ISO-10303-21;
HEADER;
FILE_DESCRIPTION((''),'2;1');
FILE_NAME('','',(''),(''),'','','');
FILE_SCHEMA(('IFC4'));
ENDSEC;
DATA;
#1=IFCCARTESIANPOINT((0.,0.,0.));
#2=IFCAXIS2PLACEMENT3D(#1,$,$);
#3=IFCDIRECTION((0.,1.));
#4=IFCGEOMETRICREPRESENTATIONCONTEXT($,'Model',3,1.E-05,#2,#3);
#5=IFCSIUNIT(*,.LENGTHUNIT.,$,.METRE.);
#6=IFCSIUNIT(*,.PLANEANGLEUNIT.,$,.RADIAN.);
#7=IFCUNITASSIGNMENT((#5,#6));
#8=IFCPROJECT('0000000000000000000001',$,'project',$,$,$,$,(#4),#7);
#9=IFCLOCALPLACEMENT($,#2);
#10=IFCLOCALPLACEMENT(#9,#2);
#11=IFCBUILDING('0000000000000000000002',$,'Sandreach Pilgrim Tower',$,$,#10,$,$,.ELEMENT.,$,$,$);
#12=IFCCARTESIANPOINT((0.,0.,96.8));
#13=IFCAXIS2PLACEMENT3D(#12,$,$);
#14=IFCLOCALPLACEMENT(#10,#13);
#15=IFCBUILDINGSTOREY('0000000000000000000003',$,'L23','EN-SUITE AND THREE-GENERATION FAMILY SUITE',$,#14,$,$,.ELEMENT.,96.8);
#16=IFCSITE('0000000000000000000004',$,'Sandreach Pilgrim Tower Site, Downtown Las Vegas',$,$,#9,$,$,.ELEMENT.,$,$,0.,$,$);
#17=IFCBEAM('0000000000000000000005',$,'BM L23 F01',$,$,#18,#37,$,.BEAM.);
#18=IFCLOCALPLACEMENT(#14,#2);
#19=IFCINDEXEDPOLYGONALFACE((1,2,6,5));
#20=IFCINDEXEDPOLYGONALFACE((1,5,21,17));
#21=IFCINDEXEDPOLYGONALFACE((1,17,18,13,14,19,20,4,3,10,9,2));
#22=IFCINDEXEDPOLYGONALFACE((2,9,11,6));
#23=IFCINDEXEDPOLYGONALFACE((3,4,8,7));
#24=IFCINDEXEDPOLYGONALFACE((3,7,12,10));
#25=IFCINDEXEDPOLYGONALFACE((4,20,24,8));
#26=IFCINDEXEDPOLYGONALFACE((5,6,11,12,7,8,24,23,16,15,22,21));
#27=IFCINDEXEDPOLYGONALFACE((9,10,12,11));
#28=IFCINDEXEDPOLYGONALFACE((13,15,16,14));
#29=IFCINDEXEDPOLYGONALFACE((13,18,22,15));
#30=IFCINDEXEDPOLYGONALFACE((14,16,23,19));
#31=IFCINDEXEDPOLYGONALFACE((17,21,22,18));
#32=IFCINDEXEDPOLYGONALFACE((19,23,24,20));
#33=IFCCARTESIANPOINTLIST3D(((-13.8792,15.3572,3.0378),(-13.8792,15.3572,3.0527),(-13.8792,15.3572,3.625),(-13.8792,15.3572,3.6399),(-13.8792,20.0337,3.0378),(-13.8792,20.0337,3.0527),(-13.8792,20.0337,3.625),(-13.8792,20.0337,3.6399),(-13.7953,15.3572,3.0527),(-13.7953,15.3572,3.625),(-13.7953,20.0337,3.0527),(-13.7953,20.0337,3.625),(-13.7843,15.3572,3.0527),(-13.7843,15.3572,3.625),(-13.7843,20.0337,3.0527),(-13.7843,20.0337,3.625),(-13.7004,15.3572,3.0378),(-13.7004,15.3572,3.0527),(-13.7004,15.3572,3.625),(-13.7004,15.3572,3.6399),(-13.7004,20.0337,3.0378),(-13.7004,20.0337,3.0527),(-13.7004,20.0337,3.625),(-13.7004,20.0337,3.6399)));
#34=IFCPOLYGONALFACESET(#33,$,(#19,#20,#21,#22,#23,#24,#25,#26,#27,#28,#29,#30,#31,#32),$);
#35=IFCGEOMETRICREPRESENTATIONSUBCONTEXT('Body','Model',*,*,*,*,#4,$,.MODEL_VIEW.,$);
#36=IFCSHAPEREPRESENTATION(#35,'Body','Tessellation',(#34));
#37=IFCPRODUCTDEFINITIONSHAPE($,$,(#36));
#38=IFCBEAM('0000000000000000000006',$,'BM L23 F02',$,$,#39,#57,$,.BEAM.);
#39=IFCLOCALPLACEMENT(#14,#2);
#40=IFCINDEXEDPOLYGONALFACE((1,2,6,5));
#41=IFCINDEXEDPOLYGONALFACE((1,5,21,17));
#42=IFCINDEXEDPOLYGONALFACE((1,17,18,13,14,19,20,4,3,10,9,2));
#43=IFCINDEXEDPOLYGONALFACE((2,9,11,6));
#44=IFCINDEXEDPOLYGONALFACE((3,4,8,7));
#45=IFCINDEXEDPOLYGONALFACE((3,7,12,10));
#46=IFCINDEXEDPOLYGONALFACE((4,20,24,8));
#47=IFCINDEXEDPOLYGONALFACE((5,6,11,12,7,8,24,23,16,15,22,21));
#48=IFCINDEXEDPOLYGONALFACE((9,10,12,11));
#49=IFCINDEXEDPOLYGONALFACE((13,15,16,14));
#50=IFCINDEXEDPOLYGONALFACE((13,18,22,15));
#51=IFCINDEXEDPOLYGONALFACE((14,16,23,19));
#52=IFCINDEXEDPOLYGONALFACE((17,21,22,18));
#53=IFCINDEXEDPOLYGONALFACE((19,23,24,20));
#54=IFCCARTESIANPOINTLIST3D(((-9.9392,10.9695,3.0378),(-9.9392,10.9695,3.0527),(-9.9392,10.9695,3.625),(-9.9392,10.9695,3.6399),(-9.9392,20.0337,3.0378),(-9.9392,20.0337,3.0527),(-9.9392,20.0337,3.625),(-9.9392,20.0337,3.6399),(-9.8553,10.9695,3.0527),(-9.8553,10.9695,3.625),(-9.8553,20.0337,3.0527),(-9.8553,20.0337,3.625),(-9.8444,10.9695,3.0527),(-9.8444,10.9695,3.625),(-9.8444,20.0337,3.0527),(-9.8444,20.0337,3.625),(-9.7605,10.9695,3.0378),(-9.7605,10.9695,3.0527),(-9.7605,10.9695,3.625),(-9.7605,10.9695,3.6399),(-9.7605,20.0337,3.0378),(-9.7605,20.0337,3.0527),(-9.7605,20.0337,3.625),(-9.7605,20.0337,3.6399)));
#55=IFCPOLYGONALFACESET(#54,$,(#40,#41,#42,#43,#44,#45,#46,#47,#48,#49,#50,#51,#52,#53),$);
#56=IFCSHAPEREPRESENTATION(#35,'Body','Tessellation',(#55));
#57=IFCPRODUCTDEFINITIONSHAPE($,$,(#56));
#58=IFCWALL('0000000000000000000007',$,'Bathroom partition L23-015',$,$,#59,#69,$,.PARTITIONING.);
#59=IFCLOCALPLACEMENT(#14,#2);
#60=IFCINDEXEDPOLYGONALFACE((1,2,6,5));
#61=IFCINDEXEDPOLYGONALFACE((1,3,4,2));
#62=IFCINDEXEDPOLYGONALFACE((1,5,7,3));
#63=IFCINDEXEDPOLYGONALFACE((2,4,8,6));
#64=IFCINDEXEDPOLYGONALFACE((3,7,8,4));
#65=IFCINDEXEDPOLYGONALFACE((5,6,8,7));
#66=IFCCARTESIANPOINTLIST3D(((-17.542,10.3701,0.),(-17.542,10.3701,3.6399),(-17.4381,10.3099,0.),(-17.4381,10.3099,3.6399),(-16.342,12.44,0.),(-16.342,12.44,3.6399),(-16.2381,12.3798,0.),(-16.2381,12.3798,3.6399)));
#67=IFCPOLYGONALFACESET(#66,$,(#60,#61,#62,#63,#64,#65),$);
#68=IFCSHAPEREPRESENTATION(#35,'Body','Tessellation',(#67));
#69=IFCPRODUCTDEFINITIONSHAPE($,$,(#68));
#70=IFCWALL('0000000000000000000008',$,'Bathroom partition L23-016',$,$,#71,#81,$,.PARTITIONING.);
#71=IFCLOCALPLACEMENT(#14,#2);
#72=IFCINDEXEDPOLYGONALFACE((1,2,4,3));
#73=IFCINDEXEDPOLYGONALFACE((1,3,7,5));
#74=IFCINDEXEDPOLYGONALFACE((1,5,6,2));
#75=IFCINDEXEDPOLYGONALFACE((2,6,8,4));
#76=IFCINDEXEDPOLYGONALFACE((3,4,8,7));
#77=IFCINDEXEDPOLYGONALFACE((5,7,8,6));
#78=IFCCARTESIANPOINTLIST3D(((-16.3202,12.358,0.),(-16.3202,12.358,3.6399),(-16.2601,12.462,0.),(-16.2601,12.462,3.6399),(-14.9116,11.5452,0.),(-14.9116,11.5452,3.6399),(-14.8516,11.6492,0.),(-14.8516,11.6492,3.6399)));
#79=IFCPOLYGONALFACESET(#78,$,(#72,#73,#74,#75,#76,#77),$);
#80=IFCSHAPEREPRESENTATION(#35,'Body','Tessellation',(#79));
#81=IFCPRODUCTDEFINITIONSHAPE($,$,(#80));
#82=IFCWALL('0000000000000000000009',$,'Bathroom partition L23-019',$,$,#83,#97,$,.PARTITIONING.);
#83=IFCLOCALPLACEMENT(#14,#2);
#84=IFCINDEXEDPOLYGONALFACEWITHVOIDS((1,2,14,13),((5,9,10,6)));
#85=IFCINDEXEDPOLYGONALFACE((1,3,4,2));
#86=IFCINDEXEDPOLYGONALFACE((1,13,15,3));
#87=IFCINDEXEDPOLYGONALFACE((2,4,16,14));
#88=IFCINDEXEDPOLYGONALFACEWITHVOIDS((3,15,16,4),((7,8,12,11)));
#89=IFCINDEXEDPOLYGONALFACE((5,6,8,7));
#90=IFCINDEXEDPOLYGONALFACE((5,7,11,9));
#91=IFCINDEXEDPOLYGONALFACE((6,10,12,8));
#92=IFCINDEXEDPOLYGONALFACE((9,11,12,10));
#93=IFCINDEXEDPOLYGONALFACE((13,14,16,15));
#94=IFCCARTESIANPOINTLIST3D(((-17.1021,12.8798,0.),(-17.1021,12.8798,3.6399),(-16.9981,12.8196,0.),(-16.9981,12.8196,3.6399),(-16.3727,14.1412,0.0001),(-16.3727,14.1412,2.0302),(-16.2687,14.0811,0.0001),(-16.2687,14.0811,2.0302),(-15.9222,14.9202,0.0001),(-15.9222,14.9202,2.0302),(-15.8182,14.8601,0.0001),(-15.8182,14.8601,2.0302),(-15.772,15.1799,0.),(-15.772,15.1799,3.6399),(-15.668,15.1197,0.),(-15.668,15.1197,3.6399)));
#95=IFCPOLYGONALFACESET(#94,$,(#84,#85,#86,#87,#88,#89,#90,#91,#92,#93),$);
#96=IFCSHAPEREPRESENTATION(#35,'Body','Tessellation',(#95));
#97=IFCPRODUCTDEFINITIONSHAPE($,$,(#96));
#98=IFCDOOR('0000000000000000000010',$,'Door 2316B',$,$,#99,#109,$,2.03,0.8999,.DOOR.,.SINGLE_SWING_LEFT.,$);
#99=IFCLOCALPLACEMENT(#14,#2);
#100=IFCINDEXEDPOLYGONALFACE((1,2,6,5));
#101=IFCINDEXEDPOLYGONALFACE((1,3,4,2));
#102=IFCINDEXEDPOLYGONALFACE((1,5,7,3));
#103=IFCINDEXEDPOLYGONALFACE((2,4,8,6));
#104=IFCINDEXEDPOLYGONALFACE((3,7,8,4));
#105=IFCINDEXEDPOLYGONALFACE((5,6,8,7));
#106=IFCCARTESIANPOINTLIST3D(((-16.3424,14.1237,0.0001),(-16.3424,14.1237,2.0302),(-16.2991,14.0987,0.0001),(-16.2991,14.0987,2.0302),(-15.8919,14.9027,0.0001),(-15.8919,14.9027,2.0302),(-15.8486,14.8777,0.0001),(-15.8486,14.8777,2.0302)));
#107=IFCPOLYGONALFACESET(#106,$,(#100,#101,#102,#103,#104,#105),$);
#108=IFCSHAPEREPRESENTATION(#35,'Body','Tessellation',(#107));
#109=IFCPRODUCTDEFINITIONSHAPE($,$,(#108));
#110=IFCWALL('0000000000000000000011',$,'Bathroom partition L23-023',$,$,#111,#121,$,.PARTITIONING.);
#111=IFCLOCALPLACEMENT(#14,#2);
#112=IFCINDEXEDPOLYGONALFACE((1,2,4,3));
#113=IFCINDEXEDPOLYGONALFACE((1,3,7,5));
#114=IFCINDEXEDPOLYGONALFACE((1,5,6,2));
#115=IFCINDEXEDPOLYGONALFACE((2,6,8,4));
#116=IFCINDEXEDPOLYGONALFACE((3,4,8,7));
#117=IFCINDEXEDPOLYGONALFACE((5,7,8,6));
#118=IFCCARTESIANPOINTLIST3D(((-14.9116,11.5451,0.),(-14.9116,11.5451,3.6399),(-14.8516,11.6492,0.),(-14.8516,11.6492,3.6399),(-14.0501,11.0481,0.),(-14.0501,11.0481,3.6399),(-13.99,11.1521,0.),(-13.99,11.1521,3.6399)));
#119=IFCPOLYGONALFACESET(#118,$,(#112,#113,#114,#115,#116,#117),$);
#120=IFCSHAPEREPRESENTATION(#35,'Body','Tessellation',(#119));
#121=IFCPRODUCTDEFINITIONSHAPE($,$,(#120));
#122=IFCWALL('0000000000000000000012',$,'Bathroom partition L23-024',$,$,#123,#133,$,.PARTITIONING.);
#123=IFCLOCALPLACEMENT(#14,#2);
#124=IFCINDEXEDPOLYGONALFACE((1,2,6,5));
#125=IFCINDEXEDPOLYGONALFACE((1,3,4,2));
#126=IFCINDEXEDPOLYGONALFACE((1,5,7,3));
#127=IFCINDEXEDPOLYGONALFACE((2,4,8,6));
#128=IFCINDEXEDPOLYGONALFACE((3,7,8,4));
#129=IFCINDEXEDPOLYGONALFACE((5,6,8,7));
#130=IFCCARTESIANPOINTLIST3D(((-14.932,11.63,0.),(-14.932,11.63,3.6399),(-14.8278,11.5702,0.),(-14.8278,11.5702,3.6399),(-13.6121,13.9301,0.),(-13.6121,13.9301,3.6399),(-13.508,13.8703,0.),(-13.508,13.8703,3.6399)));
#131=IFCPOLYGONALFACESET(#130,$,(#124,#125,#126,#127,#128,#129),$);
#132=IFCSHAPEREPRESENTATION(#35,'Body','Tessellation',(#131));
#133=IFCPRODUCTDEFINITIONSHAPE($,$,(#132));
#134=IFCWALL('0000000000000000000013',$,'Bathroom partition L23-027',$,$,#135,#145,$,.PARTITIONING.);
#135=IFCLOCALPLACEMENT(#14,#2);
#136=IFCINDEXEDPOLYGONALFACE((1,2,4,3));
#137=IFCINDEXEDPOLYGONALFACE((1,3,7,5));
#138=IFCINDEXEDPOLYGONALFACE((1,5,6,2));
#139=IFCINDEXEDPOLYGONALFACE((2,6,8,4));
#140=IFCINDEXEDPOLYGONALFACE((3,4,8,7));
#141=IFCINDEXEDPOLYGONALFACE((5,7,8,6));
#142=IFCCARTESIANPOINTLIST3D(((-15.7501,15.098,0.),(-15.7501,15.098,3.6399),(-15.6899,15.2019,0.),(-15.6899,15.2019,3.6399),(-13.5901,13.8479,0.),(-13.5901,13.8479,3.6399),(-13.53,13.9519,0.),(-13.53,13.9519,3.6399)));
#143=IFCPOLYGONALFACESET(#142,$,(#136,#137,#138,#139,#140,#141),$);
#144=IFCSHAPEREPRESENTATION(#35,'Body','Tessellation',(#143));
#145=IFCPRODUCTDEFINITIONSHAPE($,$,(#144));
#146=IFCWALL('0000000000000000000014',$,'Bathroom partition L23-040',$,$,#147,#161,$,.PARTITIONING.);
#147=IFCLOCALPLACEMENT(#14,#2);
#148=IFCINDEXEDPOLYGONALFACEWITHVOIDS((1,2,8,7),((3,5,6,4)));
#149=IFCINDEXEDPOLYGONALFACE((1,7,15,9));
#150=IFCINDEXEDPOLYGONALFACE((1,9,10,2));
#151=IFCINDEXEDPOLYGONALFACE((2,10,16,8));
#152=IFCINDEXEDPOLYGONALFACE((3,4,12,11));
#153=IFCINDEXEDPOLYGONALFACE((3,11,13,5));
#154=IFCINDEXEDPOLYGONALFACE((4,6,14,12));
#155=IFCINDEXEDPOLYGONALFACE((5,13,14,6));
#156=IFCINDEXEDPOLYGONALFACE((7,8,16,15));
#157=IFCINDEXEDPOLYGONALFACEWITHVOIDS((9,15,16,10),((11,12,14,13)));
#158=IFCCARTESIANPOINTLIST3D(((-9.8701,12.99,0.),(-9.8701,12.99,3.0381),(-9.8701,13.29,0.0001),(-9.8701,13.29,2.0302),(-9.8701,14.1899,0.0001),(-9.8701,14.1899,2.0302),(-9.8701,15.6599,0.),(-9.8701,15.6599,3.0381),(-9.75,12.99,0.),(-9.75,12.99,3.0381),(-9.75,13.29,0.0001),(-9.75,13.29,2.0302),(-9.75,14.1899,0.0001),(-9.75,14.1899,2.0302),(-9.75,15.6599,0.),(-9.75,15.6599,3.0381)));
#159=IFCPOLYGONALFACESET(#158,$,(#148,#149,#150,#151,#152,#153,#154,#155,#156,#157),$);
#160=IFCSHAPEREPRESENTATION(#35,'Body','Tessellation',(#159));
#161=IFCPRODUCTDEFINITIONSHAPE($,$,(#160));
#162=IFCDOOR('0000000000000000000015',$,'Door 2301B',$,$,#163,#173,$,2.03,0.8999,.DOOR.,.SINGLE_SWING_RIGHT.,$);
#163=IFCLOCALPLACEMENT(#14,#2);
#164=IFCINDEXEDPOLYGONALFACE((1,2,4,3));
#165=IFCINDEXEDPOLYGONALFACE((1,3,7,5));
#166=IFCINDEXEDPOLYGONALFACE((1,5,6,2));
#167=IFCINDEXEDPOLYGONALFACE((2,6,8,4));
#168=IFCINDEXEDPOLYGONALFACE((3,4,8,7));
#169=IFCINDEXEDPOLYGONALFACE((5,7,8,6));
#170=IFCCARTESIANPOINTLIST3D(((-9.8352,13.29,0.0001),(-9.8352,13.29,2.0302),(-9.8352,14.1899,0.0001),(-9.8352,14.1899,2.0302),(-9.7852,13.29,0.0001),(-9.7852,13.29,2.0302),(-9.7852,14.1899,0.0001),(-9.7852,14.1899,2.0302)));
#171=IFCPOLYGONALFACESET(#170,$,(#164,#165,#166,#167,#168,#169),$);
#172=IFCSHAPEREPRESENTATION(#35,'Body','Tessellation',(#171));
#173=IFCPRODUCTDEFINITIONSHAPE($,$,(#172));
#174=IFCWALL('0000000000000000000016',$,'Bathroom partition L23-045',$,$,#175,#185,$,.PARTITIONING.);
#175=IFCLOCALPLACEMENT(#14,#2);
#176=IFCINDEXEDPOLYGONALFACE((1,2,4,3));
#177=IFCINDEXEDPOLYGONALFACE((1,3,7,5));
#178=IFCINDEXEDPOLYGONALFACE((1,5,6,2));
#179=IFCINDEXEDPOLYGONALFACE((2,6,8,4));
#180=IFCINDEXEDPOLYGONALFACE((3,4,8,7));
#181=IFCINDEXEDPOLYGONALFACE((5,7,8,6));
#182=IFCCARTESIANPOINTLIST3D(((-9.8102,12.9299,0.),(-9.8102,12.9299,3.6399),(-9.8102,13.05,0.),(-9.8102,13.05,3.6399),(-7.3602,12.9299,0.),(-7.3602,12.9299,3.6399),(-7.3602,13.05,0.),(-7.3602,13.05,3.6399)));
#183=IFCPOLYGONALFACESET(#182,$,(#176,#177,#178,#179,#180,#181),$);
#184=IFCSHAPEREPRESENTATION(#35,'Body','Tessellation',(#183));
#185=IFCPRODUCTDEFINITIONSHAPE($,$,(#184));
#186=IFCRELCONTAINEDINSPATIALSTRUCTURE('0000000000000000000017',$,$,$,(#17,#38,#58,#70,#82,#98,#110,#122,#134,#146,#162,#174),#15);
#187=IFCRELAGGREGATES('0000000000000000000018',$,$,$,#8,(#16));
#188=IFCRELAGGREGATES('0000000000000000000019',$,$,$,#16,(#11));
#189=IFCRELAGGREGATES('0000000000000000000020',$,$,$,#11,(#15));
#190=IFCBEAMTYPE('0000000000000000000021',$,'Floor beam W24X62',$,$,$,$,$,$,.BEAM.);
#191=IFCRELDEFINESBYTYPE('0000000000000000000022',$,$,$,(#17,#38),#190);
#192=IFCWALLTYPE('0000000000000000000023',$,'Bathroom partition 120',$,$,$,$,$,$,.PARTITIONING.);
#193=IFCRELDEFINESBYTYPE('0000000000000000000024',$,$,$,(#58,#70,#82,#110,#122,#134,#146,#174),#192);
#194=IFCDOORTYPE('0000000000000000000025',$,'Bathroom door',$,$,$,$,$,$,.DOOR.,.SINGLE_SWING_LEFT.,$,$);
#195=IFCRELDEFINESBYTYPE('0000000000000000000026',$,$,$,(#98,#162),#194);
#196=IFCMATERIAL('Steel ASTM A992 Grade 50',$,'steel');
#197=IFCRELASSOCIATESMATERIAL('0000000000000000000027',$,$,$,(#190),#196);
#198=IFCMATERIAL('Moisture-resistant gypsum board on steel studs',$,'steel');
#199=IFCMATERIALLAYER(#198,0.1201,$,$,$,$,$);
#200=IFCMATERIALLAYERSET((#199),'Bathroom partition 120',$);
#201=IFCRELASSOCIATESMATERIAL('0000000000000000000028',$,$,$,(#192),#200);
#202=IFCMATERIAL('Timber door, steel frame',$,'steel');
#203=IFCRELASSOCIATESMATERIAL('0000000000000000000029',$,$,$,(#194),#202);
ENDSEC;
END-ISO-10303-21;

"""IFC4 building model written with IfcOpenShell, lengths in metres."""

from ifc_helpers import new_model, si_unit, direction, frame, frame_2d, origin, origin_2d, place, context, subcontext, project, spatial, rectangle, i_section, extrude, material, layer, layer_set, material_profile, profile_set, type_object, element, fill, save


model = new_model("IFC4")

# Units and contexts
model_context = context("Model", 3, precision=1e-05, world=origin(), true_north=direction((0.0, 1.0)))
body_context = subcontext(model_context, "Body", "Model", "MODEL_VIEW")
ifc_project = project(units=[si_unit("LENGTHUNIT", "METRE"), si_unit("PLANEANGLEUNIT", "RADIAN")], contexts=[model_context])

# Site, building, storey
site_placement = place(None, origin())
site = spatial("IfcSite", under=ifc_project, at=site_placement, Name="Sandreach Pilgrim Tower Site, Downtown Las Vegas", CompositionType="ELEMENT", RefElevation=0.0)
building_placement = place(site_placement, origin())
building = spatial("IfcBuilding", under=site, at=building_placement, Name="Sandreach Pilgrim Tower", CompositionType="ELEMENT")
storey_placement = place(building_placement, frame((0.0, 0.0, 96.8)))
storey = spatial("IfcBuildingStorey", under=building, at=storey_placement, Name="L23", Description="EN-SUITE AND THREE-GENERATION FAMILY SUITE", CompositionType="ELEMENT", Elevation=96.8)

# Beams
ifc_material_1 = material(Name="Steel ASTM A992 Grade 50", Category="steel")
ifc_material_profile = material_profile(ifc_material_1, i_section(OverallWidth=0.1787, OverallDepth=0.6021, WebThickness=0.011, FlangeThickness=0.0149, at=origin_2d()), Name="W24X62")
ifc_profile_set = profile_set([ifc_material_profile], Name="Steel ASTM A992 Grade 50")
beam_type = type_object("IfcBeamType", Name="Floor beam W24X62", PredefinedType="BEAM", material=ifc_profile_set)
beam_1_placement = place(storey_placement, frame((-13.7898, 20.0337, 3.3389), z_axis=(0.0, -1.0, 0.0), x_axis=(1.0, 0.0, 0.0)))
element("IfcBeam", 1, at=beam_1_placement, inside=storey, type_object=beam_type, Name="BM L23 F01", PredefinedType="BEAM", context=body_context, shape_type="SweptSolid", body=[
    extrude(i_section(OverallWidth=0.1787, OverallDepth=0.6021, WebThickness=0.011, FlangeThickness=0.0149, at=origin_2d()), origin(), (0.0, 0.0, 1.0), 4.6765),
])
beam_2_placement = place(storey_placement, frame((-9.8499, 20.0337, 3.3389), z_axis=(0.0, -1.0, 0.0), x_axis=(1.0, 0.0, 0.0)))
element("IfcBeam", 2, at=beam_2_placement, inside=storey, type_object=beam_type, Name="BM L23 F02", PredefinedType="BEAM", context=body_context, shape_type="SweptSolid", body=[
    extrude(i_section(OverallWidth=0.1787, OverallDepth=0.6021, WebThickness=0.011, FlangeThickness=0.0149, at=origin_2d()), origin(), (0.0, 0.0, 1.0), 9.0642),
])

# Walls
ifc_material_2 = material(Name="Moisture-resistant gypsum board on steel studs", Category="steel")
ifc_layer_1 = layer(ifc_material_2, 0.1201)
ifc_layer_set_1 = layer_set([ifc_layer_1], Name="Bathroom partition 120")
wall_type_1 = type_object("IfcWallType", Name="Bathroom partition 120", PredefinedType="PARTITIONING", material=ifc_layer_set_1)
wall_1_placement = place(storey_placement, frame((-16.29, 12.4099, 0.0), z_axis=(0.0, 0.0, 1.0), x_axis=(-0.501547, -0.86513, 0.0)))
element("IfcWall", 3, at=wall_1_placement, inside=storey, type_object=wall_type_1, Name="Bathroom partition L23-015", PredefinedType="PARTITIONING", context=body_context, shape_type="SweptSolid", body=[
    extrude(rectangle(XDim=2.3926, YDim=0.1201, at=frame_2d((1.1963, 0.0))), origin(), (0.0, 0.0, 1.0), 3.6399),
])
wall_2_placement = place(storey_placement, frame((-16.29, 12.4099, 0.0), z_axis=(0.0, 0.0, 1.0), x_axis=(0.866138, -0.499805, 0.0)))
element("IfcWall", 4, at=wall_2_placement, inside=storey, type_object=wall_type_1, Name="Bathroom partition L23-016", PredefinedType="PARTITIONING", context=body_context, shape_type="SweptSolid", body=[
    extrude(rectangle(XDim=1.6262, YDim=0.1201, at=frame_2d((0.813, 0.0))), origin(), (0.0, 0.0, 1.0), 3.6399),
])

# Wall, opening, door
wall_3_placement = place(storey_placement, frame((-15.72, 15.1499, 0.0), z_axis=(0.0, 0.0, 1.0), x_axis=(-0.500605, -0.865676, 0.0)))
wall_3 = element("IfcWall", 5, at=wall_3_placement, inside=storey, type_object=wall_type_1, Name="Bathroom partition L23-019", PredefinedType="PARTITIONING", context=body_context, shape_type="SweptSolid", body=[
    extrude(rectangle(XDim=2.657, YDim=0.1201, at=frame_2d((1.3286, 0.0))), origin(), (0.0, 0.0, 1.0), 3.6399),
])
opening_1_placement = place(wall_3_placement, frame((0.3, 0.0, 0.0)))
opening_1 = element("IfcOpeningElement", 6, at=opening_1_placement, cuts=wall_3, PredefinedType="OPENING", context=body_context, shape_type="SweptSolid", body=[
    extrude(rectangle(XDim=0.8999, YDim=2.03, at=frame_2d((0.45, 1.0151))), frame((0.0, 0.0601, 0.0), z_axis=(0.0, -1.0, 0.0), x_axis=(1.0, 0.0, 0.0)), (0.0, 0.0, 1.0), 0.1201),
])
ifc_material_3 = material(Name="Timber door, steel frame", Category="steel")
door_type_1 = type_object("IfcDoorType", Name="Bathroom door", OperationType="SINGLE_SWING_LEFT", PredefinedType="DOOR", material=ifc_material_3)
door_1_placement = place(opening_1_placement, origin())
door_1 = element("IfcDoor", 7, at=door_1_placement, inside=storey, type_object=door_type_1, Name="Door 2316B", OperationType="SINGLE_SWING_LEFT", OverallHeight=2.03, OverallWidth=0.8999, PredefinedType="DOOR", context=body_context, shape_type="SweptSolid", body=[
    extrude(rectangle(XDim=0.8999, YDim=2.03, at=frame_2d((0.45, 1.0151))), frame((0.0, 0.0249, 0.0), z_axis=(0.0, -1.0, 0.0), x_axis=(1.0, 0.0, 0.0)), (0.0, 0.0, 1.0), 0.05),
])
fill(opening_1, door_1)

# Walls
wall_4_placement = place(storey_placement, frame((-14.8816, 11.5972, 0.0), z_axis=(0.0, 0.0, 1.0), x_axis=(0.866181, -0.49973, 0.0)))
element("IfcWall", 8, at=wall_4_placement, inside=storey, type_object=wall_type_1, Name="Bathroom partition L23-023", PredefinedType="PARTITIONING", context=body_context, shape_type="SweptSolid", body=[
    extrude(rectangle(XDim=0.9946, YDim=0.1201, at=frame_2d((0.4973, 0.0))), origin(), (0.0, 0.0, 1.0), 3.6399),
])
wall_5_placement = place(storey_placement, frame((-14.8799, 11.6001, 0.0), z_axis=(0.0, 0.0, 1.0), x_axis=(0.497705, 0.867347, 0.0)))
element("IfcWall", 9, at=wall_5_placement, inside=storey, type_object=wall_type_1, Name="Bathroom partition L23-024", PredefinedType="PARTITIONING", context=body_context, shape_type="SweptSolid", body=[
    extrude(rectangle(XDim=2.6519, YDim=0.1201, at=frame_2d((1.3259, 0.0))), origin(), (0.0, 0.0, 1.0), 3.6399),
])
wall_6_placement = place(storey_placement, frame((-13.5601, 13.8999, 0.0), z_axis=(0.0, 0.0, 1.0), x_axis=(-0.865509, 0.500894, 0.0)))
element("IfcWall", 10, at=wall_6_placement, inside=storey, type_object=wall_type_1, Name="Bathroom partition L23-027", PredefinedType="PARTITIONING", context=body_context, shape_type="SweptSolid", body=[
    extrude(rectangle(XDim=2.4956, YDim=0.1201, at=frame_2d((1.2478, 0.0))), origin(), (0.0, 0.0, 1.0), 3.6399),
])

# Wall, opening, door
wall_7_placement = place(storey_placement, frame((-9.8101, 15.6599, 0.0), z_axis=(0.0, 0.0, 1.0), x_axis=(0.0, -1.0, 0.0)))
wall_7 = element("IfcWall", 11, at=wall_7_placement, inside=storey, type_object=wall_type_1, Name="Bathroom partition L23-040", PredefinedType="PARTITIONING", context=body_context, shape_type="SweptSolid", body=[
    extrude(rectangle(XDim=2.6699, YDim=0.1201, at=frame_2d((1.335, 0.0))), origin(), (0.0, 0.0, 1.0), 3.0381),
])
opening_2_placement = place(wall_7_placement, frame((1.47, 0.0, 0.0)))
opening_2 = element("IfcOpeningElement", 12, at=opening_2_placement, cuts=wall_7, PredefinedType="OPENING", context=body_context, shape_type="SweptSolid", body=[
    extrude(rectangle(XDim=0.8999, YDim=2.03, at=frame_2d((0.45, 1.0151))), frame((0.0, 0.0601, 0.0), z_axis=(0.0, -1.0, 0.0), x_axis=(1.0, 0.0, 0.0)), (0.0, 0.0, 1.0), 0.1201),
])
door_2_placement = place(opening_2_placement, origin())
door_2 = element("IfcDoor", 13, at=door_2_placement, inside=storey, type_object=door_type_1, Name="Door 2301B", OperationType="SINGLE_SWING_RIGHT", OverallHeight=2.03, OverallWidth=0.8999, PredefinedType="DOOR", context=body_context, shape_type="SweptSolid", body=[
    extrude(rectangle(XDim=0.8999, YDim=2.03, at=frame_2d((0.45, 1.0151))), frame((0.0, 0.0249, 0.0), z_axis=(0.0, -1.0, 0.0), x_axis=(1.0, 0.0, 0.0)), (0.0, 0.0, 1.0), 0.05),
])
fill(opening_2, door_2)

# Wall
for number, where, z_axis, x_axis, name in (
    (14, (-7.3601, 12.99, 0.0), (0.0, 0.0, 1.0), (-1.0, 0.0, 0.0), "Bathroom partition L23-045"),
):
    element("IfcWall", number, at=place(storey_placement, frame(where, z_axis=z_axis, x_axis=x_axis)), inside=storey, type_object=wall_type_1, Name=name, PredefinedType="PARTITIONING", context=body_context, shape_type="SweptSolid", body=[
        extrude(rectangle(XDim=2.45, YDim=0.1201, at=frame_2d((1.2251, 0.0))), origin(), (0.0, 0.0, 1.0), 3.6399),
    ])

save(model, "model.ifc")
